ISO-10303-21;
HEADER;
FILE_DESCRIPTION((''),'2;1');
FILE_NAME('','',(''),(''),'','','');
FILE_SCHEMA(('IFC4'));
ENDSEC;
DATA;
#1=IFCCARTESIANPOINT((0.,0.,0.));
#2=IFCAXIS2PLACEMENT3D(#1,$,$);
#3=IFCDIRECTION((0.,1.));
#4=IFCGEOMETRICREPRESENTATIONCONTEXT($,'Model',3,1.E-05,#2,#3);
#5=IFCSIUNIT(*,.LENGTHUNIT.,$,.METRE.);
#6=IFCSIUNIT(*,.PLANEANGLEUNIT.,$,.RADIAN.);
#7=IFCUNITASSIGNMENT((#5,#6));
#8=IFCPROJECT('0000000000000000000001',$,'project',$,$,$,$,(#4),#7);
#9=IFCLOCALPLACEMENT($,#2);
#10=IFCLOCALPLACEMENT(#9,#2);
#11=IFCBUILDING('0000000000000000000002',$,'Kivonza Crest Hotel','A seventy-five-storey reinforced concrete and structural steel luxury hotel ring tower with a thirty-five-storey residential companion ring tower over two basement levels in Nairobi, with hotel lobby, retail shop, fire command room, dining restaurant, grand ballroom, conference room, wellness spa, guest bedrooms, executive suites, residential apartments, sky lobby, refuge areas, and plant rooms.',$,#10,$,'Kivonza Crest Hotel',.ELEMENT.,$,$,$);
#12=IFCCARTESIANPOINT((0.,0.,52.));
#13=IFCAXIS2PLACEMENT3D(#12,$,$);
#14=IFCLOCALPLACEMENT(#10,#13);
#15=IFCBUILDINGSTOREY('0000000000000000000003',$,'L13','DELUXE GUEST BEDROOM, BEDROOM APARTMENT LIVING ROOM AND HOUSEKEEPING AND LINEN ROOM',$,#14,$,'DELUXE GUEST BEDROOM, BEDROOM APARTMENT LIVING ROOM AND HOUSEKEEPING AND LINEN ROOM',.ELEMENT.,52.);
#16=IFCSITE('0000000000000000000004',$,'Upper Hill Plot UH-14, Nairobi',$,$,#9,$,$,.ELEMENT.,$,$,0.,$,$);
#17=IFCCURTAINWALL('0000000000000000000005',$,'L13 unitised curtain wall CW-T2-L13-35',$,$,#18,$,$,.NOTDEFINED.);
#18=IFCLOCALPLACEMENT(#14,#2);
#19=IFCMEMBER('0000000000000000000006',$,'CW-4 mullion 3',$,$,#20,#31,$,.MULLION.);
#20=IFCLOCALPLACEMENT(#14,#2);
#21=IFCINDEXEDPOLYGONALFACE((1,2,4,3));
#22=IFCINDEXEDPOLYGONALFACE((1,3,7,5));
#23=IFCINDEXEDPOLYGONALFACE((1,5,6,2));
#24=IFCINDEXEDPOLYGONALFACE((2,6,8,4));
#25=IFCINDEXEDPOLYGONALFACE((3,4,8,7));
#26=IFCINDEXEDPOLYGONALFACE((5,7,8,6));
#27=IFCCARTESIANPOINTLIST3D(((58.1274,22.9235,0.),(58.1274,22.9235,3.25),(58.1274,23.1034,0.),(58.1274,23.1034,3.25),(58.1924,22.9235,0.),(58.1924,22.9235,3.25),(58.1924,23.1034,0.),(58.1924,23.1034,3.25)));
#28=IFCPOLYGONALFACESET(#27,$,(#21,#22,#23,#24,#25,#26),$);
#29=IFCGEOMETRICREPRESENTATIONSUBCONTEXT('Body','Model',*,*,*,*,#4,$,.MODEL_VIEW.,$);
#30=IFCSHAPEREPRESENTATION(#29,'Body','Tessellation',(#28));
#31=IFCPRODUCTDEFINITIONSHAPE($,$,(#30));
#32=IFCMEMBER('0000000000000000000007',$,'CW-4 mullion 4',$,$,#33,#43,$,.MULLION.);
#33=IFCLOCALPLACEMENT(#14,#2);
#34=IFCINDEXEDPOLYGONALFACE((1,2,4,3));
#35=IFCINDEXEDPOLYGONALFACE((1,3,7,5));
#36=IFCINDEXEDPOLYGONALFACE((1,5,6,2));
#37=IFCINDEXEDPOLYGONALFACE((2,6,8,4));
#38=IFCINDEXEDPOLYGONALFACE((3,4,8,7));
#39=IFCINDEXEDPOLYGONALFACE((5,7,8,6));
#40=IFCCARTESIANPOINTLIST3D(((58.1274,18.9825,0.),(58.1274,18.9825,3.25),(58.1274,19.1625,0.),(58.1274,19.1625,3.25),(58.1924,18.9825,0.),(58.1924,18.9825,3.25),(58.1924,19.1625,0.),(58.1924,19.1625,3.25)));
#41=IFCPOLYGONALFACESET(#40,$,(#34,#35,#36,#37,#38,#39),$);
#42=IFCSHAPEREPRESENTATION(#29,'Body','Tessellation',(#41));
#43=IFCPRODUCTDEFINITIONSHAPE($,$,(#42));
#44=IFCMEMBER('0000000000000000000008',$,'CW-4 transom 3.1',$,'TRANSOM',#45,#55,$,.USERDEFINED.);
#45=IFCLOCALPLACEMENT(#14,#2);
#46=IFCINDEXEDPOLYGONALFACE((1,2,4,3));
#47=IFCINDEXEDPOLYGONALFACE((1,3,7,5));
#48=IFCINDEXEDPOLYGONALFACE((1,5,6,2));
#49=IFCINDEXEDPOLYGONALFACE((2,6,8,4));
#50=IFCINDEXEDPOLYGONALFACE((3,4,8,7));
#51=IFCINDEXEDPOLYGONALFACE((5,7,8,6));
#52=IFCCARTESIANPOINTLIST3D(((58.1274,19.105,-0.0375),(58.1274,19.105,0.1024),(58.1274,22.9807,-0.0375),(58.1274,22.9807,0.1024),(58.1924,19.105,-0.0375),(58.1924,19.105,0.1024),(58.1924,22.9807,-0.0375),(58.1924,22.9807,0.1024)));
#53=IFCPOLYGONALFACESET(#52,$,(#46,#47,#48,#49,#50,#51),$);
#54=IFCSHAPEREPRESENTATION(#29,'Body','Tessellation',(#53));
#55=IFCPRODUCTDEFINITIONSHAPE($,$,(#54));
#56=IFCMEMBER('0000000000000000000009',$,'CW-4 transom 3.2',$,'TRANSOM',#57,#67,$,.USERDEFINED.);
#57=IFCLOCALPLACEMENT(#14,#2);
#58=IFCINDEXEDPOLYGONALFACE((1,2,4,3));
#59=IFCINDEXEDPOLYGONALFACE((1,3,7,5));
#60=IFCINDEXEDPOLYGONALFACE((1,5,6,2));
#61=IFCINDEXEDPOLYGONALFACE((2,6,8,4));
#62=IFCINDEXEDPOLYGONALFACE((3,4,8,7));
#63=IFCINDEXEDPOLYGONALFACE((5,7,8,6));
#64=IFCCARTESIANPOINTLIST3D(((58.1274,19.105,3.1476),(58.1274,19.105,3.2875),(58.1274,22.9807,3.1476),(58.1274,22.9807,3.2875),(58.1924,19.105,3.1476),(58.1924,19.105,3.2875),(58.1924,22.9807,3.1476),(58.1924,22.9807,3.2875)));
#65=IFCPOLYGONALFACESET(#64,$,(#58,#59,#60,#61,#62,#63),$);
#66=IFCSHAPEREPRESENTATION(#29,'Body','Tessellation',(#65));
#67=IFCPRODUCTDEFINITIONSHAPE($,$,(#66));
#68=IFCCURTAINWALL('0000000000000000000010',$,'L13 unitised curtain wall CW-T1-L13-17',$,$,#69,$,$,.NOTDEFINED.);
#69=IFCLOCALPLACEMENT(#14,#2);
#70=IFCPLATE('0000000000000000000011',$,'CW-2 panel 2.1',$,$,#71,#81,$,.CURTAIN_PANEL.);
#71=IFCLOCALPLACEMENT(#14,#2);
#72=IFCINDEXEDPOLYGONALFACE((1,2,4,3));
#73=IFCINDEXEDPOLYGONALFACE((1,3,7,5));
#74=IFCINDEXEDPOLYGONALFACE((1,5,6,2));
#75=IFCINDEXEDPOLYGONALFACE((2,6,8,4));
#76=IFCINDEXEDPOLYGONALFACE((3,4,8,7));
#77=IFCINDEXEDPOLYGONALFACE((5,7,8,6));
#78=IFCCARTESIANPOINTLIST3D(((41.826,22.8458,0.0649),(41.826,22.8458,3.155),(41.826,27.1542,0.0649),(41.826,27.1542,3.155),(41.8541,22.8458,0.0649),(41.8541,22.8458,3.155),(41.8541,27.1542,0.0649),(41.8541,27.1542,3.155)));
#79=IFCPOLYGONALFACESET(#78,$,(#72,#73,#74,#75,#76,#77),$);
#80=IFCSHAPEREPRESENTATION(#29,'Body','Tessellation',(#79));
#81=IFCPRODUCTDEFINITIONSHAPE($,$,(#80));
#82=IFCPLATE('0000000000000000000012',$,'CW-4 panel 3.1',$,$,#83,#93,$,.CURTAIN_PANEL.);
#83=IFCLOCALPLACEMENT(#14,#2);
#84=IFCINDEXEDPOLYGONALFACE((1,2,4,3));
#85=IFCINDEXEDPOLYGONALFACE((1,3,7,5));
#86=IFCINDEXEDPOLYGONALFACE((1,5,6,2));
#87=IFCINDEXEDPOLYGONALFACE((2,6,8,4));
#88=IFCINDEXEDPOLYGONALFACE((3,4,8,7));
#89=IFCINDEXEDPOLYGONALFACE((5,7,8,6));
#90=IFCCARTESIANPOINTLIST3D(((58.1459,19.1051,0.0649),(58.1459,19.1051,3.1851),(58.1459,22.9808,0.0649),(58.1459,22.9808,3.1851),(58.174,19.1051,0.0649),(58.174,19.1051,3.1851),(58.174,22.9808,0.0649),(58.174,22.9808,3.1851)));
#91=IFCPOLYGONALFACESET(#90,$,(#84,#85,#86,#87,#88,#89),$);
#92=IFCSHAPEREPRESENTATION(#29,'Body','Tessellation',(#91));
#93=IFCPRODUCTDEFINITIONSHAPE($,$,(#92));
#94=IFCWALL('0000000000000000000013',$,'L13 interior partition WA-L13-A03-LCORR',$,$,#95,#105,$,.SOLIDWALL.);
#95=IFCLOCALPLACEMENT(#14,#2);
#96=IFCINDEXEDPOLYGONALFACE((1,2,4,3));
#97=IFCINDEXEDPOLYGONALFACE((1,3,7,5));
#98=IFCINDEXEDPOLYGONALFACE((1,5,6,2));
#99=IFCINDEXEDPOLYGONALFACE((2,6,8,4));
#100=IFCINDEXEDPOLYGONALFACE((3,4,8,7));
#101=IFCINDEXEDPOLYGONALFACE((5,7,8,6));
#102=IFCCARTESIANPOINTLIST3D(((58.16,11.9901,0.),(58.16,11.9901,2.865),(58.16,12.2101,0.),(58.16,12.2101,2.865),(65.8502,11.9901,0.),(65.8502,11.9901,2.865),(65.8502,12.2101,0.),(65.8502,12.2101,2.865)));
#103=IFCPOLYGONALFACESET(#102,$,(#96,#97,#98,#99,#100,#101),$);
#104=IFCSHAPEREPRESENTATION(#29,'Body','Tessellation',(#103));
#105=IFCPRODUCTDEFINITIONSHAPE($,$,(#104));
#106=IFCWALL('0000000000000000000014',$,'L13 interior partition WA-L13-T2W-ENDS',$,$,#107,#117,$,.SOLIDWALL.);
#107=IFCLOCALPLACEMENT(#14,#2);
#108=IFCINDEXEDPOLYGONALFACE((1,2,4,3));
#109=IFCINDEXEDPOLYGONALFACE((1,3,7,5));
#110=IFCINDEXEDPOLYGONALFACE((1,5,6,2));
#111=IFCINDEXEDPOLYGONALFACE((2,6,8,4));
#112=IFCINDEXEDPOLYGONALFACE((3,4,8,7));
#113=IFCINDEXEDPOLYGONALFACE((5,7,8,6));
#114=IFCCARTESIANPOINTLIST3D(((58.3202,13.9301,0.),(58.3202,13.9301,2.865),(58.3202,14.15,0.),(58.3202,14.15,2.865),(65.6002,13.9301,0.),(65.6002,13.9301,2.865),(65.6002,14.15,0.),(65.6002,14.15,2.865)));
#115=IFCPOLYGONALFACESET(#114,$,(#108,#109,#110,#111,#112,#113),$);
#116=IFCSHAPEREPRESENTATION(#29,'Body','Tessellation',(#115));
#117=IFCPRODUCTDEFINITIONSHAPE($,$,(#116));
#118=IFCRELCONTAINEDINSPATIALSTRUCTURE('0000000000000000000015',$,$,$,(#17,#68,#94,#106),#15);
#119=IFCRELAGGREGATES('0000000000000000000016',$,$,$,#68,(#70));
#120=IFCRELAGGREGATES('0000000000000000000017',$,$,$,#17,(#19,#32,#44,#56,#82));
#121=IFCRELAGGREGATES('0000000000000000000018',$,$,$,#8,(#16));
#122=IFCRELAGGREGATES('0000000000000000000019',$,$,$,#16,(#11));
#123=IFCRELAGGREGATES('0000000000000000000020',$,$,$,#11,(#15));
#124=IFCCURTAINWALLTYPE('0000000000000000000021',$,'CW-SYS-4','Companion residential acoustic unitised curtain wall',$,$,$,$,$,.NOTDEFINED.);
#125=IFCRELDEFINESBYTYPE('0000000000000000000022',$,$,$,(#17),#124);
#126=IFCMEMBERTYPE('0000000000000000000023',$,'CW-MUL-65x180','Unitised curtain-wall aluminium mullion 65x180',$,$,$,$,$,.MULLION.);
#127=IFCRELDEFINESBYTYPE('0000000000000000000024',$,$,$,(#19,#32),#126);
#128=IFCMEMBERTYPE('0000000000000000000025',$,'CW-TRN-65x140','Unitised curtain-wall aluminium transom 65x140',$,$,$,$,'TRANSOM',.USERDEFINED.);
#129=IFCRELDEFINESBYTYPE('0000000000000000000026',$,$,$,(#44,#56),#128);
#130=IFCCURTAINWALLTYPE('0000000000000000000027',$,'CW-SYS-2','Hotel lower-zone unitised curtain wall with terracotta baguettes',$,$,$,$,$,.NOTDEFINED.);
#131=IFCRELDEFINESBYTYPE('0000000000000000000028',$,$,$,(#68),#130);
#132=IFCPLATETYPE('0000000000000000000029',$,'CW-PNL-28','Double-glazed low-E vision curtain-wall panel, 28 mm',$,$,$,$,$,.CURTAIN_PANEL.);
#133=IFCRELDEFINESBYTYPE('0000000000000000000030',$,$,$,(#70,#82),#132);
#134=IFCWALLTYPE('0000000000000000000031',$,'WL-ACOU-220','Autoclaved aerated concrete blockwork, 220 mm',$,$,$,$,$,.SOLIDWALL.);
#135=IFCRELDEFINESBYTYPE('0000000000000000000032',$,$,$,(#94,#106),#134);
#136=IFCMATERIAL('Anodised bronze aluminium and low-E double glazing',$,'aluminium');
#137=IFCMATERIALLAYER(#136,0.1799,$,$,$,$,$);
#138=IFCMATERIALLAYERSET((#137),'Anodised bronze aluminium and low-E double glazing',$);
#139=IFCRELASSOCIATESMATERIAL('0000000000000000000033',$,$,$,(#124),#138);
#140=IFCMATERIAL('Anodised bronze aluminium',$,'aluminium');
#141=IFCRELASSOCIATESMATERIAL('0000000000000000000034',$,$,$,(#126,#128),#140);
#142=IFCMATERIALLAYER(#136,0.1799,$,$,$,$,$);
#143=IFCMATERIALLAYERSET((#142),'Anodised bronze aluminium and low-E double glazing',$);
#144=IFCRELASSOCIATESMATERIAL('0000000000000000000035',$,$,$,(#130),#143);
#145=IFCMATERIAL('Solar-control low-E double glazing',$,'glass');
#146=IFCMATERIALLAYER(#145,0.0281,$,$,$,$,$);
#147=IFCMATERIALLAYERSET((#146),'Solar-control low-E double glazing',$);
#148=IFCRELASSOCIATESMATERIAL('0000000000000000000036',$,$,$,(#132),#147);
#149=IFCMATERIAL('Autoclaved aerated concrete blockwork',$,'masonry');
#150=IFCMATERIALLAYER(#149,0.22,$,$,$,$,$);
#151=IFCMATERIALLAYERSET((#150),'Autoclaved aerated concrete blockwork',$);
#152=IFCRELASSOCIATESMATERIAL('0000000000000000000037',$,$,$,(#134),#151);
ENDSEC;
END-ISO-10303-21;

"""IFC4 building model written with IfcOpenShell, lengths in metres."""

from ifc_helpers import new_model, si_unit, direction, frame, frame_2d, origin, origin_2d, place, context, subcontext, project, spatial, rectangle, extrude, material, layer, layer_set, material_profile, profile_set, type_object, element, aggregate, save


model = new_model("IFC4")

# Units and contexts
model_context = context("Model", 3, precision=1e-05, world=origin(), true_north=direction((0.0, 1.0)))
body_context = subcontext(model_context, "Body", "Model", "MODEL_VIEW")
ifc_project = project(units=[si_unit("LENGTHUNIT", "METRE"), si_unit("PLANEANGLEUNIT", "RADIAN")], contexts=[model_context])

# Site, building, storey
site_placement = place(None, origin())
site = spatial("IfcSite", under=ifc_project, at=site_placement, Name="Upper Hill Plot UH-14, Nairobi", CompositionType="ELEMENT", RefElevation=0.0)
building_placement = place(site_placement, origin())
building = spatial("IfcBuilding", under=site, at=building_placement, Name="Kivonza Crest Hotel", Description="A seventy-five-storey reinforced concrete and structural steel luxury hotel ring tower with a thirty-five-storey residential companion ring tower over two basement levels in Nairobi, with hotel lobby, retail shop, fire command room, dining restaurant, grand ballroom, conference room, wellness spa, guest bedrooms, executive suites, residential apartments, sky lobby, refuge areas, and plant rooms.", LongName="Kivonza Crest Hotel", CompositionType="ELEMENT")
storey_placement = place(building_placement, frame((0.0, 0.0, 52.0)))
storey = spatial("IfcBuildingStorey", under=building, at=storey_placement, Name="L13", Description="DELUXE GUEST BEDROOM, BEDROOM APARTMENT LIVING ROOM AND HOUSEKEEPING AND LINEN ROOM", LongName="DELUXE GUEST BEDROOM, BEDROOM APARTMENT LIVING ROOM AND HOUSEKEEPING AND LINEN ROOM", CompositionType="ELEMENT", Elevation=52.0)

# Curtain wall, members
ifc_material_1 = material(Name="Anodised bronze aluminium and low-E double glazing", Category="aluminium")
ifc_layer_1 = layer(ifc_material_1, 0.1799)
ifc_layer_set_1 = layer_set([ifc_layer_1], Name="Anodised bronze aluminium and low-E double glazing")
curtain_wall_type_1 = type_object("IfcCurtainWallType", Name="CW-SYS-4", Description="Companion residential acoustic unitised curtain wall", PredefinedType="NOTDEFINED", material=ifc_layer_set_1)
curtain_wall_1_placement = place(storey_placement, origin())
curtain_wall_1 = element("IfcCurtainWall", 1, at=curtain_wall_1_placement, inside=storey, type_object=curtain_wall_type_1, Name="L13 unitised curtain wall CW-T2-L13-35", PredefinedType="NOTDEFINED")
ifc_material_2 = material(Name="Anodised bronze aluminium", Category="aluminium")
ifc_material_profile_1 = material_profile(ifc_material_2, rectangle(XDim=0.0649, YDim=0.1799, at=origin_2d()), Name="CW-M 65x180")
ifc_profile_set_1 = profile_set([ifc_material_profile_1], Name="Anodised bronze aluminium")
member_type_1 = type_object("IfcMemberType", Name="CW-MUL-65x180", Description="Unitised curtain-wall aluminium mullion 65x180", PredefinedType="MULLION", material=ifc_profile_set_1)
member_1_placement = place(storey_placement, frame((58.1599, 23.0134, 0.0), z_axis=(0.0, 0.0, 1.0), x_axis=(1.0, 0.0, 0.0)))
member_1 = element("IfcMember", 2, at=member_1_placement, type_object=member_type_1, Name="CW-4 mullion 3", PredefinedType="MULLION", context=body_context, shape_type="SweptSolid", body=[
    extrude(rectangle(XDim=0.0649, YDim=0.1799, at=origin_2d()), origin(), (0.0, 0.0, 1.0), 3.25),
])
member_2_placement = place(storey_placement, frame((58.1599, 19.0725, 0.0), z_axis=(0.0, 0.0, 1.0), x_axis=(1.0, 0.0, 0.0)))
member_2 = element("IfcMember", 3, at=member_2_placement, type_object=member_type_1, Name="CW-4 mullion 4", PredefinedType="MULLION", context=body_context, shape_type="SweptSolid", body=[
    extrude(rectangle(XDim=0.0649, YDim=0.1799, at=origin_2d()), origin(), (0.0, 0.0, 1.0), 3.25),
])
ifc_material_profile_2 = material_profile(ifc_material_2, rectangle(XDim=0.0649, YDim=0.1399, at=origin_2d()), Name="CW-T 65x140")
ifc_profile_set_2 = profile_set([ifc_material_profile_2], Name="Anodised bronze aluminium")
member_type_2 = type_object("IfcMemberType", Name="CW-TRN-65x140", Description="Unitised curtain-wall aluminium transom 65x140", ElementType="TRANSOM", PredefinedType="USERDEFINED", material=ifc_profile_set_2)
member_3_placement = place(storey_placement, frame((58.1599, 22.9807, 0.0325), z_axis=(0.0, -1.0, 0.0), x_axis=(1.0, 0.0, 0.0)))
member_3 = element("IfcMember", 4, at=member_3_placement, type_object=member_type_2, Name="CW-4 transom 3.1", ObjectType="TRANSOM", PredefinedType="USERDEFINED", context=body_context, shape_type="SweptSolid", body=[
    extrude(rectangle(XDim=0.0649, YDim=0.1399, at=origin_2d()), origin(), (0.0, 0.0, 1.0), 3.8757),
])
member_4_placement = place(storey_placement, frame((58.1599, 22.9807, 3.2175), z_axis=(0.0, -1.0, 0.0), x_axis=(1.0, 0.0, 0.0)))
member_4 = element("IfcMember", 5, at=member_4_placement, type_object=member_type_2, Name="CW-4 transom 3.2", ObjectType="TRANSOM", PredefinedType="USERDEFINED", context=body_context, shape_type="SweptSolid", body=[
    extrude(rectangle(XDim=0.0649, YDim=0.1399, at=origin_2d()), origin(), (0.0, 0.0, 1.0), 3.8757),
])

# Curtain wall, plate
ifc_layer_2 = layer(ifc_material_1, 0.1799)
ifc_layer_set_2 = layer_set([ifc_layer_2], Name="Anodised bronze aluminium and low-E double glazing")
curtain_wall_type_2 = type_object("IfcCurtainWallType", Name="CW-SYS-2", Description="Hotel lower-zone unitised curtain wall with terracotta baguettes", PredefinedType="NOTDEFINED", material=ifc_layer_set_2)
curtain_wall_2_placement = place(storey_placement, origin())
curtain_wall_2 = element("IfcCurtainWall", 6, at=curtain_wall_2_placement, inside=storey, type_object=curtain_wall_type_2, Name="L13 unitised curtain wall CW-T1-L13-17", PredefinedType="NOTDEFINED")
ifc_material_3 = material(Name="Solar-control low-E double glazing", Category="glass")
ifc_layer_3 = layer(ifc_material_3, 0.0281)
ifc_layer_set_3 = layer_set([ifc_layer_3], Name="Solar-control low-E double glazing")
plate_type = type_object("IfcPlateType", Name="CW-PNL-28", Description="Double-glazed low-E vision curtain-wall panel, 28 mm", PredefinedType="CURTAIN_PANEL", material=ifc_layer_set_3)
plate_1_placement = place(storey_placement, frame((41.8401, 25.0, 0.0649), z_axis=(0.0, 0.0, 1.0), x_axis=(0.0, 1.0, 0.0)))
plate_1 = element("IfcPlate", 7, at=plate_1_placement, type_object=plate_type, Name="CW-2 panel 2.1", PredefinedType="CURTAIN_PANEL", context=body_context, shape_type="SweptSolid", body=[
    extrude(rectangle(XDim=4.3083, YDim=0.0281, at=origin_2d()), origin(), (0.0, 0.0, 1.0), 3.0901),
])
aggregate(curtain_wall_2, [plate_1])

# Plate
plate_2_placement = place(storey_placement, frame((58.1599, 21.043, 0.0649), z_axis=(0.0, 0.0, 1.0), x_axis=(0.0, -1.0, 0.0)))
plate_2 = element("IfcPlate", 8, at=plate_2_placement, type_object=plate_type, Name="CW-4 panel 3.1", PredefinedType="CURTAIN_PANEL", context=body_context, shape_type="SweptSolid", body=[
    extrude(rectangle(XDim=3.8757, YDim=0.0281, at=origin_2d()), origin(), (0.0, 0.0, 1.0), 3.1201),
])
aggregate(curtain_wall_1, [member_1, member_2, member_3, member_4, plate_2])

# Walls
ifc_material_4 = material(Name="Autoclaved aerated concrete blockwork", Category="masonry")
ifc_layer_4 = layer(ifc_material_4, 0.22)
ifc_layer_set_4 = layer_set([ifc_layer_4], Name="Autoclaved aerated concrete blockwork")
wall_type_1 = type_object("IfcWallType", Name="WL-ACOU-220", Description="Autoclaved aerated concrete blockwork, 220 mm", PredefinedType="SOLIDWALL", material=ifc_layer_set_4)
wall_1_placement = place(storey_placement, frame((58.1599, 12.1001, 0.0), z_axis=(0.0, 0.0, 1.0), x_axis=(1.0, 0.0, 0.0)))
element("IfcWall", 9, at=wall_1_placement, inside=storey, type_object=wall_type_1, Name="L13 interior partition WA-L13-A03-LCORR", PredefinedType="SOLIDWALL", context=body_context, shape_type="SweptSolid", body=[
    extrude(rectangle(XDim=7.6902, YDim=0.22, at=frame_2d((3.8452, 0.0))), origin(), (0.0, 0.0, 1.0), 2.865),
])
wall_2_placement = place(storey_placement, frame((58.3201, 14.04, 0.0), z_axis=(0.0, 0.0, 1.0), x_axis=(1.0, 0.0, 0.0)))
element("IfcWall", 10, at=wall_2_placement, inside=storey, type_object=wall_type_1, Name="L13 interior partition WA-L13-T2W-ENDS", PredefinedType="SOLIDWALL", context=body_context, shape_type="SweptSolid", body=[
    extrude(rectangle(XDim=7.28, YDim=0.22, at=frame_2d((3.6401, 0.0))), origin(), (0.0, 0.0, 1.0), 2.865),
])

save(model, "model.ifc")
